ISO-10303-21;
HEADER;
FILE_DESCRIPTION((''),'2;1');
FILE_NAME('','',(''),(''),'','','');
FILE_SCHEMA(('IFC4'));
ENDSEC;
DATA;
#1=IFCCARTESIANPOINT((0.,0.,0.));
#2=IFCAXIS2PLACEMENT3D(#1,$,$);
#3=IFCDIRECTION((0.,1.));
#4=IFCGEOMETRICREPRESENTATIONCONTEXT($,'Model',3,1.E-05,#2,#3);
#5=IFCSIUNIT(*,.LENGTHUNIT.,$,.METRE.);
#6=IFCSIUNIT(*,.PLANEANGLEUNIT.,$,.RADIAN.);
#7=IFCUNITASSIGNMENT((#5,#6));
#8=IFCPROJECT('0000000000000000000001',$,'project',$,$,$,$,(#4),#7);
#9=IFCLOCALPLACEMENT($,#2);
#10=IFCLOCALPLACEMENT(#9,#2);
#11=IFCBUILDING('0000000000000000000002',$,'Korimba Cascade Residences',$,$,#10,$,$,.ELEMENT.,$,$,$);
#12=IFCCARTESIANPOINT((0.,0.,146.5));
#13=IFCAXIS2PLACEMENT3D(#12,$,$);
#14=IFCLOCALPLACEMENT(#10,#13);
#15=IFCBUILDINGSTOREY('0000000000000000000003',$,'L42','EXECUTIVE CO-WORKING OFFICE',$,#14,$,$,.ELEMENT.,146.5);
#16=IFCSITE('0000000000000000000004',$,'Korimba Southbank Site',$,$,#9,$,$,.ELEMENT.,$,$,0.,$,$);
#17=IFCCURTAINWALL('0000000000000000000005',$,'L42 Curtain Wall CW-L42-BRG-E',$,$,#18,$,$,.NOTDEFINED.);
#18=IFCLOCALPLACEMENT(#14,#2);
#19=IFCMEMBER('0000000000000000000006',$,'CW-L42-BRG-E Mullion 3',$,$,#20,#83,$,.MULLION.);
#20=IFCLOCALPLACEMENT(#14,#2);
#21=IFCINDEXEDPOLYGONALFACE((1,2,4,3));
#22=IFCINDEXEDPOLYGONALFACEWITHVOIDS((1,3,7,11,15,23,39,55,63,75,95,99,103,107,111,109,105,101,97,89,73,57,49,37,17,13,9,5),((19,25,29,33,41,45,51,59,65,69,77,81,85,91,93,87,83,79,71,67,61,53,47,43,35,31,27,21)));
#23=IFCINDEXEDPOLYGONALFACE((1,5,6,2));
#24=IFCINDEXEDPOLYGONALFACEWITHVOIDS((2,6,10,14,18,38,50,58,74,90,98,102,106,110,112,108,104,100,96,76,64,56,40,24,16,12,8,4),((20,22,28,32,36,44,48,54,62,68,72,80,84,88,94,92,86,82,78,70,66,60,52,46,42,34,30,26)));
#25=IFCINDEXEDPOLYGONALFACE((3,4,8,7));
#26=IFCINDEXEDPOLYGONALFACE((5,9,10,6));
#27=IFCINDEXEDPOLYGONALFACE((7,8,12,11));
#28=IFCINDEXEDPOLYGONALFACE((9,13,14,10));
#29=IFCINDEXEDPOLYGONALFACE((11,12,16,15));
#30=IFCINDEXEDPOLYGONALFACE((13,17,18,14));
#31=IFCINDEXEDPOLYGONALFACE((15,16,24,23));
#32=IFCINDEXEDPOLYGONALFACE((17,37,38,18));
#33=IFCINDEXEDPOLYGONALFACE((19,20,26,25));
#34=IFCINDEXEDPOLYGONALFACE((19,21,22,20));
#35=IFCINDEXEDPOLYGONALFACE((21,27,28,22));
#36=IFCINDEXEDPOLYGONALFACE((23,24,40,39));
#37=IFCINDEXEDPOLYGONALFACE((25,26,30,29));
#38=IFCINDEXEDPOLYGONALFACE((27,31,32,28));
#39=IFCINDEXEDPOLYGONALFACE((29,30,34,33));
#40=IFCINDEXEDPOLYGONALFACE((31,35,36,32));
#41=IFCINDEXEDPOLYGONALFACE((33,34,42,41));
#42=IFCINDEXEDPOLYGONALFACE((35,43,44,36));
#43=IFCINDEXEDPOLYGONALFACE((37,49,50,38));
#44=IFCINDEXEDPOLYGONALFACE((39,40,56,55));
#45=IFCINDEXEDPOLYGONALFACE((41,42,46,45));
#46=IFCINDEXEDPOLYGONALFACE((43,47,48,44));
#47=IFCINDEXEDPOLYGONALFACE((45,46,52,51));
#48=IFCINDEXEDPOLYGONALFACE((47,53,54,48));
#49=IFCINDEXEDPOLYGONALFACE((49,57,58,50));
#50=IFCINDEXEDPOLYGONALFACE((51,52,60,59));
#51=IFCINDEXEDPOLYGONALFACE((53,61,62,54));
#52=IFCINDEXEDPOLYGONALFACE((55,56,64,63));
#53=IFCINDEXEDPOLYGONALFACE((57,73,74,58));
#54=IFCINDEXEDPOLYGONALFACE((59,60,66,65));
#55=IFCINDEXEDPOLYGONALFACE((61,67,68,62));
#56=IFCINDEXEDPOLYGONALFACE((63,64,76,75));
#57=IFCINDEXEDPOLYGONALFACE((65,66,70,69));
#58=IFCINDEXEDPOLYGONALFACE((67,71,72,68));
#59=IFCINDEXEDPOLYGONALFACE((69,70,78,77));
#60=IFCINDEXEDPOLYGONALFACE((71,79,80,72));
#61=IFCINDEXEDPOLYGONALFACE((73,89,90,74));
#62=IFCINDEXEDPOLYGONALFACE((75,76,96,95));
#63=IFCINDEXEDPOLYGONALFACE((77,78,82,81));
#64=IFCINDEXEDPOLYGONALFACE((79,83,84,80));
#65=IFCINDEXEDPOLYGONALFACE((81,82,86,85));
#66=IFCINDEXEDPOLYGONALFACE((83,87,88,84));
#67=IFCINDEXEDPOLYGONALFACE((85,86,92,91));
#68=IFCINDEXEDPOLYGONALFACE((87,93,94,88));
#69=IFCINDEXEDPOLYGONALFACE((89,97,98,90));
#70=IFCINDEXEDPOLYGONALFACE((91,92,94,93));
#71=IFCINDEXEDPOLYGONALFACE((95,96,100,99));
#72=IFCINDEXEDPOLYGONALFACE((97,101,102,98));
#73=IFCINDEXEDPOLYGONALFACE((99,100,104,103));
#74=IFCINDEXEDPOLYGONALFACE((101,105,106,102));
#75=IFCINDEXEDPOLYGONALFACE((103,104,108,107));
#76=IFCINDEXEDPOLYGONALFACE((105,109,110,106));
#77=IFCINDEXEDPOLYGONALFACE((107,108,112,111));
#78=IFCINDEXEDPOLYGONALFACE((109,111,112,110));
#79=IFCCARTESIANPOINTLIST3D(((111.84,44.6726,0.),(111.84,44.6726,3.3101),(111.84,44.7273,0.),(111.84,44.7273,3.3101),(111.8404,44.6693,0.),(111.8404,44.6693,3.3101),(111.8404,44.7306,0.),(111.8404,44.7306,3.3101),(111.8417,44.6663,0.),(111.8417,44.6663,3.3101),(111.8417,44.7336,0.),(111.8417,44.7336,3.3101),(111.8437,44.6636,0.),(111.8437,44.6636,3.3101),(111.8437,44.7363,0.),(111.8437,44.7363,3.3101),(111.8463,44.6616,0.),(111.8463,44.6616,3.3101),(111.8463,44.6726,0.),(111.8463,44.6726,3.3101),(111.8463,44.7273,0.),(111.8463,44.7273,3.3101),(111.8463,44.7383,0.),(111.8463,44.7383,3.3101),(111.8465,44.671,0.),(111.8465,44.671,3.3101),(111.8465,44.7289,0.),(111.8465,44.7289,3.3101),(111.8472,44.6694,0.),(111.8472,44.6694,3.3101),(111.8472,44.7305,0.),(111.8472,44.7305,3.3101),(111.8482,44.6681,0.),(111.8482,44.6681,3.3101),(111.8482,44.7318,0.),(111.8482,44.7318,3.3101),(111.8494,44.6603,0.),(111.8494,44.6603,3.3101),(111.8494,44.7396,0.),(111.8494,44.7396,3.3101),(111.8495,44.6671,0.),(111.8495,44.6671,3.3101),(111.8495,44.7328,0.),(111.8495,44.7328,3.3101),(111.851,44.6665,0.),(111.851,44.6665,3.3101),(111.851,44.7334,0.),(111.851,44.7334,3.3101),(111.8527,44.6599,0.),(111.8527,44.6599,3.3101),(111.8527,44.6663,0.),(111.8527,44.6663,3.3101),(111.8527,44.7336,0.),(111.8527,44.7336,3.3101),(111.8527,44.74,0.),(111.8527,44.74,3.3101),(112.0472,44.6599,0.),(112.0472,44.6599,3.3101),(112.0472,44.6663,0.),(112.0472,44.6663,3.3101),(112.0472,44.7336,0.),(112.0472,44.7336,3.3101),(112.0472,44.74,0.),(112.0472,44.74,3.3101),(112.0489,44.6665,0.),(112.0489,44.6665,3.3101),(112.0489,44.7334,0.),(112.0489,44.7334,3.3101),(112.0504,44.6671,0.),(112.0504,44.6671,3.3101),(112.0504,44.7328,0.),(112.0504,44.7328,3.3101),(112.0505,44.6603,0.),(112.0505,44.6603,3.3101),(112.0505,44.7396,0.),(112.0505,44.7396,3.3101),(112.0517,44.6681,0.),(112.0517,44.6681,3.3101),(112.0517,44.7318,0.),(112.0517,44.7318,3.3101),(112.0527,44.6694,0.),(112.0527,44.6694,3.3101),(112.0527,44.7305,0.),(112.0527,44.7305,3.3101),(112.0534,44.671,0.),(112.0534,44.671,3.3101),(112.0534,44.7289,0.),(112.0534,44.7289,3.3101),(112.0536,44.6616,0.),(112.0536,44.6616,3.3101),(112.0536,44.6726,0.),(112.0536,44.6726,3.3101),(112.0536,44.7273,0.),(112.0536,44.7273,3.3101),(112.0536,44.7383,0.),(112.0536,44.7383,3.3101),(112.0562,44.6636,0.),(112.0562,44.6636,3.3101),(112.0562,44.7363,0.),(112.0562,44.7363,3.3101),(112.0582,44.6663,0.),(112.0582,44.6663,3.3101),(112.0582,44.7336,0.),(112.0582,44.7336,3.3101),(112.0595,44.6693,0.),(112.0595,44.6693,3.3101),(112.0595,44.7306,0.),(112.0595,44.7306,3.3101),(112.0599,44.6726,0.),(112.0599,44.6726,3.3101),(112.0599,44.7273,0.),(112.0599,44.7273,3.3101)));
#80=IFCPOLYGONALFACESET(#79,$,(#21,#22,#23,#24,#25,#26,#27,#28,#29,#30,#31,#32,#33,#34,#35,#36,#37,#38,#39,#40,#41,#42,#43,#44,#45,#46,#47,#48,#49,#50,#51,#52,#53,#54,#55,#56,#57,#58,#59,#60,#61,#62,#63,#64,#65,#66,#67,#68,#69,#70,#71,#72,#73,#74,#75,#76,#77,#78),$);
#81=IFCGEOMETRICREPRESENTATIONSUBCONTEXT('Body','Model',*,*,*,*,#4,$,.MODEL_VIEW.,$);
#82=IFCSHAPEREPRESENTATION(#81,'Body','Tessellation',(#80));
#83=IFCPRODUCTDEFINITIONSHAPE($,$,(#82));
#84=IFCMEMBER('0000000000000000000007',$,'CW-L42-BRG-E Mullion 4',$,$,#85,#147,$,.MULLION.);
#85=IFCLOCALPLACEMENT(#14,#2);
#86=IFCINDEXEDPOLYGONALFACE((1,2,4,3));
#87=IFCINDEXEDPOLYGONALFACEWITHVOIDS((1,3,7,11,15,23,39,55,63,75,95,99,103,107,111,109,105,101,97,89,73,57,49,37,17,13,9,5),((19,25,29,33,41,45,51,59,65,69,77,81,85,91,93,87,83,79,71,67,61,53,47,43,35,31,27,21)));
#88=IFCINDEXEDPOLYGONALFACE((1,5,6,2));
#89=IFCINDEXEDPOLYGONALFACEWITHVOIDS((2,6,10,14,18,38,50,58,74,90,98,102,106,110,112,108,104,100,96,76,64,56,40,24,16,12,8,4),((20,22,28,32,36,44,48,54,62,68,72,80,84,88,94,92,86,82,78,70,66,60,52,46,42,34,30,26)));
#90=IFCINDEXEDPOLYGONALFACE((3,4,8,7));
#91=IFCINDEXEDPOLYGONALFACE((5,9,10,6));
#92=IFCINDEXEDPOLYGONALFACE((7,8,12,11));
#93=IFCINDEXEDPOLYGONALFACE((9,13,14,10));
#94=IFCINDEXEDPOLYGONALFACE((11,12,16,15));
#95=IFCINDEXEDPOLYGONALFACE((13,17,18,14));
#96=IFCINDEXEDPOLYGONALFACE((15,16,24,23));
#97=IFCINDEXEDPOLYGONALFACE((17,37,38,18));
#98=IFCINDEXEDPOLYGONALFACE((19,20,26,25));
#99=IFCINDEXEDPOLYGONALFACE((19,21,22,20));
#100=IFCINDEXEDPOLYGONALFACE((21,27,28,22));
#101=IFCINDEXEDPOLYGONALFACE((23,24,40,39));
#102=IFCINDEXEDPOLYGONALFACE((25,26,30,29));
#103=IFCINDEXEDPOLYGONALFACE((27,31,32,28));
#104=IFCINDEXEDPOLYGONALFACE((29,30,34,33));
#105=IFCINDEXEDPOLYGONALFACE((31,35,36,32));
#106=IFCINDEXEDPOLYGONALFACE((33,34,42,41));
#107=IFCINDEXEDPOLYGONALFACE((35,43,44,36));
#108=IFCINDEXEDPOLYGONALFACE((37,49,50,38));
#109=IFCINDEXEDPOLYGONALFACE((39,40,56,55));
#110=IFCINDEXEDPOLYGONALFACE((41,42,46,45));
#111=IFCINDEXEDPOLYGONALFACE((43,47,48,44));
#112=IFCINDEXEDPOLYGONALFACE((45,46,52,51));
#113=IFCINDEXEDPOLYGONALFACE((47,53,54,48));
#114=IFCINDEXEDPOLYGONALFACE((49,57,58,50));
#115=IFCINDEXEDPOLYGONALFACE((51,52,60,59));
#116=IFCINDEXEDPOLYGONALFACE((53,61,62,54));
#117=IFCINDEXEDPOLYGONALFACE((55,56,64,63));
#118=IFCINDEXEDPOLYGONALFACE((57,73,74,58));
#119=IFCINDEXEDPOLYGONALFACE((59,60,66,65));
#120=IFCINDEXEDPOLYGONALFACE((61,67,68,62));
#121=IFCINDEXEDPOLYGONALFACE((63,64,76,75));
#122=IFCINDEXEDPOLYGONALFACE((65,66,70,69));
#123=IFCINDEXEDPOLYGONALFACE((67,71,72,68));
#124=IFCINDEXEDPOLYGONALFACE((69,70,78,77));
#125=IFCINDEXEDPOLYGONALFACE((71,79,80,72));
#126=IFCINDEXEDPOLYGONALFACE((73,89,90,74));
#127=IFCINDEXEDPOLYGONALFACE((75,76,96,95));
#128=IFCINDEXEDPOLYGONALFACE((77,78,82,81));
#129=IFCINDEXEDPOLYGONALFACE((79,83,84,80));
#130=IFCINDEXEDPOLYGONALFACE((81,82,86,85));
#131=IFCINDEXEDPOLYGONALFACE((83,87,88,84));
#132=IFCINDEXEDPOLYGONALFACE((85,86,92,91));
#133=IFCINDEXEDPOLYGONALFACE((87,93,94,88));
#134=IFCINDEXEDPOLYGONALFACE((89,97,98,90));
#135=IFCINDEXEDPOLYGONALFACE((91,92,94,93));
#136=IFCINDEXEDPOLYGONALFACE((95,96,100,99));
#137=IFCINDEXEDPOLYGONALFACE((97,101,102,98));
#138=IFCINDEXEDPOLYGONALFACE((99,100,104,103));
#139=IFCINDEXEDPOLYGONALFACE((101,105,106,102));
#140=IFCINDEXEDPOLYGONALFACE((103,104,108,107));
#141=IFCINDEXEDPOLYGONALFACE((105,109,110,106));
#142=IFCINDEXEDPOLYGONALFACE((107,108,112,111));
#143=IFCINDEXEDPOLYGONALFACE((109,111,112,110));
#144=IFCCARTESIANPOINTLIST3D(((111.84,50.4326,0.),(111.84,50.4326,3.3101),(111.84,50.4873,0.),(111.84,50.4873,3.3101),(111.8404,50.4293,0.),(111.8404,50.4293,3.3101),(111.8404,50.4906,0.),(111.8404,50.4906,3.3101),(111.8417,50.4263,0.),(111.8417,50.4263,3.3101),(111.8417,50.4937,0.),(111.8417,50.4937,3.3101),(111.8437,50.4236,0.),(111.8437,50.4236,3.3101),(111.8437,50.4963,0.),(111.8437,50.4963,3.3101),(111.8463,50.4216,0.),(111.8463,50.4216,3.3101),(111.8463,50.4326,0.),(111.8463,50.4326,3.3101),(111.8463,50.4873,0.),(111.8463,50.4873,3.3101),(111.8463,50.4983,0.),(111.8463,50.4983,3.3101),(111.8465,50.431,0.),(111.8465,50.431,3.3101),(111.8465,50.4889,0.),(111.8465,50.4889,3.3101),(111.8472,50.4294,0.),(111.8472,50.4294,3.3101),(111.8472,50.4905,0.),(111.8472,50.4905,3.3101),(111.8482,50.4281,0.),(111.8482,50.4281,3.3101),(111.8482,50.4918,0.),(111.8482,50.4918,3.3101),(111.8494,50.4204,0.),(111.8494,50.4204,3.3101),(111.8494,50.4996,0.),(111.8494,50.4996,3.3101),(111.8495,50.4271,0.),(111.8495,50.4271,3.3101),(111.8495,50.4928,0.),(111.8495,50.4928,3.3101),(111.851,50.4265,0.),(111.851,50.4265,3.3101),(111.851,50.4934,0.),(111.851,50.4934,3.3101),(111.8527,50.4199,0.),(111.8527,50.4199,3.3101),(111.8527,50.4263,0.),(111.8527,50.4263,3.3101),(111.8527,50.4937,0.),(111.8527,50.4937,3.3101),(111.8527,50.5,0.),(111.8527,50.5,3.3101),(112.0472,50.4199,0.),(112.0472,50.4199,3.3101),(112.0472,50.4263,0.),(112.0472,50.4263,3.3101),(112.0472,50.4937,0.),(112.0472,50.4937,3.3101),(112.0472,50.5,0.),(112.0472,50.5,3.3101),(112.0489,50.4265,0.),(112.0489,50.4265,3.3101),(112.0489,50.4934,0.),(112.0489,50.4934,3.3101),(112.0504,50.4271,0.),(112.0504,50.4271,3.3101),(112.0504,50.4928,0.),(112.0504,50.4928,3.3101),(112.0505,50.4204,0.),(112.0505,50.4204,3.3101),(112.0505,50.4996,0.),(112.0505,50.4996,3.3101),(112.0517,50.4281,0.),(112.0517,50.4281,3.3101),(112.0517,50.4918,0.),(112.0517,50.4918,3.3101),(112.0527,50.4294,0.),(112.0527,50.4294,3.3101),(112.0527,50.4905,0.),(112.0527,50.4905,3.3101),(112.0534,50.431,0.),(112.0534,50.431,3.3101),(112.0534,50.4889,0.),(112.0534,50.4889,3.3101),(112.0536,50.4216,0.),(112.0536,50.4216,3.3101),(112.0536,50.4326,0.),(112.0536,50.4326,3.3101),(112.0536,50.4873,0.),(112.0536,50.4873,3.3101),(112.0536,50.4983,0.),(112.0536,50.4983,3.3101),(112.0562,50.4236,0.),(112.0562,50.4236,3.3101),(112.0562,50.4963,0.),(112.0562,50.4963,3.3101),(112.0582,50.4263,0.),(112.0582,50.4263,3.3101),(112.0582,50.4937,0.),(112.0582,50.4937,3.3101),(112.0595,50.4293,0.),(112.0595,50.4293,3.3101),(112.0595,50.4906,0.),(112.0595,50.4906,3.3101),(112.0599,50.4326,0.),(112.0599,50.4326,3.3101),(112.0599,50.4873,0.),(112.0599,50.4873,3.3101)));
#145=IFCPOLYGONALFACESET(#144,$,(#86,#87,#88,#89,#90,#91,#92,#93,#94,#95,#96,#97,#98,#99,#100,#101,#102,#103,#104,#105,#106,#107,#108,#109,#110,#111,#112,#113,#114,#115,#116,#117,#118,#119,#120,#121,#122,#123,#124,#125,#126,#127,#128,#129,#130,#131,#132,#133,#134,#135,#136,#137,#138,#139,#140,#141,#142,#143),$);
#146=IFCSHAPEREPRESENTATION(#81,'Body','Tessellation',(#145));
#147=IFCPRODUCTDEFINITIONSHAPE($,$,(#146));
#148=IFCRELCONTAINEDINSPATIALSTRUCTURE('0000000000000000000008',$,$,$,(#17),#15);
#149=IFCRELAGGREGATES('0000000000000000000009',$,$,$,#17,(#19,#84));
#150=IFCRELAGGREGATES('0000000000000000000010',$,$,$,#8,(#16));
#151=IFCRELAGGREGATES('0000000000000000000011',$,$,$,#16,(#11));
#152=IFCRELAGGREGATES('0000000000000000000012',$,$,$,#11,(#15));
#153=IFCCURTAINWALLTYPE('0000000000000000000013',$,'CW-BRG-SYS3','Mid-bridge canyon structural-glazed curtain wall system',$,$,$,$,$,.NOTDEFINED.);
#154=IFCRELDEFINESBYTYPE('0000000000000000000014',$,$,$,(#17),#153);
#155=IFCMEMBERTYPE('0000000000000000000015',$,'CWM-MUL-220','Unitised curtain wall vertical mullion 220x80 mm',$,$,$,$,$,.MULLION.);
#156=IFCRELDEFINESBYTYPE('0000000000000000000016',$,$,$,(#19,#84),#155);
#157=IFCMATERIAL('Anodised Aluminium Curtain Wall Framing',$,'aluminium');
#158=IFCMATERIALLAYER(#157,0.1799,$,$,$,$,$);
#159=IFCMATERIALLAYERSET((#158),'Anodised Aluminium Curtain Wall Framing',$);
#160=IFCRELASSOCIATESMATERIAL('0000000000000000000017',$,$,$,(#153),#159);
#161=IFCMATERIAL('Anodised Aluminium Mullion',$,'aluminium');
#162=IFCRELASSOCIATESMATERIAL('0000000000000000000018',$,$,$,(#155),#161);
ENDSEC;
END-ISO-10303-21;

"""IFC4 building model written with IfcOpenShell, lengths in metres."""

from ifc_helpers import new_model, si_unit, direction, frame, origin, origin_2d, place, context, subcontext, project, spatial, hollow_rectangle, extrude, material, layer, layer_set, material_profile, profile_set, type_object, element, aggregate, save


model = new_model("IFC4")

# Units and contexts
model_context = context("Model", 3, precision=1e-05, world=origin(), true_north=direction((0.0, 1.0)))
body_context = subcontext(model_context, "Body", "Model", "MODEL_VIEW")
ifc_project = project(units=[si_unit("LENGTHUNIT", "METRE"), si_unit("PLANEANGLEUNIT", "RADIAN")], contexts=[model_context])

# Site, building, storey
site_placement = place(None, origin())
site = spatial("IfcSite", under=ifc_project, at=site_placement, Name="Korimba Southbank Site", CompositionType="ELEMENT", RefElevation=0.0)
building_placement = place(site_placement, origin())
building = spatial("IfcBuilding", under=site, at=building_placement, Name="Korimba Cascade Residences", CompositionType="ELEMENT")
storey_placement = place(building_placement, frame((0.0, 0.0, 146.5)))
storey = spatial("IfcBuildingStorey", under=building, at=storey_placement, Name="L42", Description="EXECUTIVE CO-WORKING OFFICE", CompositionType="ELEMENT", Elevation=146.5)

# Curtain wall, members
ifc_material_1 = material(Name="Anodised Aluminium Curtain Wall Framing", Category="aluminium")
ifc_layer_1 = layer(ifc_material_1, 0.1799)
ifc_layer_set_1 = layer_set([ifc_layer_1], Name="Anodised Aluminium Curtain Wall Framing")
curtain_wall_type = type_object("IfcCurtainWallType", Name="CW-BRG-SYS3", Description="Mid-bridge canyon structural-glazed curtain wall system", PredefinedType="NOTDEFINED", material=ifc_layer_set_1)
curtain_wall_placement = place(storey_placement, origin())
curtain_wall = element("IfcCurtainWall", 1, at=curtain_wall_placement, inside=storey, type_object=curtain_wall_type, Name="L42 Curtain Wall CW-L42-BRG-E", PredefinedType="NOTDEFINED")
ifc_material_2 = material(Name="Anodised Aluminium Mullion", Category="aluminium")
ifc_material_profile_1 = material_profile(ifc_material_2, hollow_rectangle(XDim=0.0801, YDim=0.22, WallThickness=0.0063, InnerFilletRadius=0.0063, OuterFilletRadius=0.0127, at=origin_2d()), Name="Anodised Aluminium Mullion")
ifc_profile_set_1 = profile_set([ifc_material_profile_1], Name="Anodised Aluminium Mullion")
member_type_1 = type_object("IfcMemberType", Name="CWM-MUL-220", Description="Unitised curtain wall vertical mullion 220x80 mm", PredefinedType="MULLION", material=ifc_profile_set_1)
member_1_placement = place(storey_placement, frame((111.95, 44.7, 0.0), z_axis=(0.0, 0.0, 1.0), x_axis=(0.0, 1.0, 0.0)))
member_1 = element("IfcMember", 2, at=member_1_placement, type_object=member_type_1, Name="CW-L42-BRG-E Mullion 3", PredefinedType="MULLION", context=body_context, shape_type="SweptSolid", body=[
    extrude(hollow_rectangle(XDim=0.0801, YDim=0.22, WallThickness=0.0063, InnerFilletRadius=0.0063, OuterFilletRadius=0.0127, at=origin_2d()), origin(), (0.0, 0.0, 1.0), 3.3101),
])
member_2_placement = place(storey_placement, frame((111.95, 50.46, 0.0), z_axis=(0.0, 0.0, 1.0), x_axis=(0.0, 1.0, 0.0)))
member_2 = element("IfcMember", 3, at=member_2_placement, type_object=member_type_1, Name="CW-L42-BRG-E Mullion 4", PredefinedType="MULLION", context=body_context, shape_type="SweptSolid", body=[
    extrude(hollow_rectangle(XDim=0.0801, YDim=0.22, WallThickness=0.0063, InnerFilletRadius=0.0063, OuterFilletRadius=0.0127, at=origin_2d()), origin(), (0.0, 0.0, 1.0), 3.3101),
])

aggregate(curtain_wall, [member_1, member_2])

save(model, "model.ifc")
